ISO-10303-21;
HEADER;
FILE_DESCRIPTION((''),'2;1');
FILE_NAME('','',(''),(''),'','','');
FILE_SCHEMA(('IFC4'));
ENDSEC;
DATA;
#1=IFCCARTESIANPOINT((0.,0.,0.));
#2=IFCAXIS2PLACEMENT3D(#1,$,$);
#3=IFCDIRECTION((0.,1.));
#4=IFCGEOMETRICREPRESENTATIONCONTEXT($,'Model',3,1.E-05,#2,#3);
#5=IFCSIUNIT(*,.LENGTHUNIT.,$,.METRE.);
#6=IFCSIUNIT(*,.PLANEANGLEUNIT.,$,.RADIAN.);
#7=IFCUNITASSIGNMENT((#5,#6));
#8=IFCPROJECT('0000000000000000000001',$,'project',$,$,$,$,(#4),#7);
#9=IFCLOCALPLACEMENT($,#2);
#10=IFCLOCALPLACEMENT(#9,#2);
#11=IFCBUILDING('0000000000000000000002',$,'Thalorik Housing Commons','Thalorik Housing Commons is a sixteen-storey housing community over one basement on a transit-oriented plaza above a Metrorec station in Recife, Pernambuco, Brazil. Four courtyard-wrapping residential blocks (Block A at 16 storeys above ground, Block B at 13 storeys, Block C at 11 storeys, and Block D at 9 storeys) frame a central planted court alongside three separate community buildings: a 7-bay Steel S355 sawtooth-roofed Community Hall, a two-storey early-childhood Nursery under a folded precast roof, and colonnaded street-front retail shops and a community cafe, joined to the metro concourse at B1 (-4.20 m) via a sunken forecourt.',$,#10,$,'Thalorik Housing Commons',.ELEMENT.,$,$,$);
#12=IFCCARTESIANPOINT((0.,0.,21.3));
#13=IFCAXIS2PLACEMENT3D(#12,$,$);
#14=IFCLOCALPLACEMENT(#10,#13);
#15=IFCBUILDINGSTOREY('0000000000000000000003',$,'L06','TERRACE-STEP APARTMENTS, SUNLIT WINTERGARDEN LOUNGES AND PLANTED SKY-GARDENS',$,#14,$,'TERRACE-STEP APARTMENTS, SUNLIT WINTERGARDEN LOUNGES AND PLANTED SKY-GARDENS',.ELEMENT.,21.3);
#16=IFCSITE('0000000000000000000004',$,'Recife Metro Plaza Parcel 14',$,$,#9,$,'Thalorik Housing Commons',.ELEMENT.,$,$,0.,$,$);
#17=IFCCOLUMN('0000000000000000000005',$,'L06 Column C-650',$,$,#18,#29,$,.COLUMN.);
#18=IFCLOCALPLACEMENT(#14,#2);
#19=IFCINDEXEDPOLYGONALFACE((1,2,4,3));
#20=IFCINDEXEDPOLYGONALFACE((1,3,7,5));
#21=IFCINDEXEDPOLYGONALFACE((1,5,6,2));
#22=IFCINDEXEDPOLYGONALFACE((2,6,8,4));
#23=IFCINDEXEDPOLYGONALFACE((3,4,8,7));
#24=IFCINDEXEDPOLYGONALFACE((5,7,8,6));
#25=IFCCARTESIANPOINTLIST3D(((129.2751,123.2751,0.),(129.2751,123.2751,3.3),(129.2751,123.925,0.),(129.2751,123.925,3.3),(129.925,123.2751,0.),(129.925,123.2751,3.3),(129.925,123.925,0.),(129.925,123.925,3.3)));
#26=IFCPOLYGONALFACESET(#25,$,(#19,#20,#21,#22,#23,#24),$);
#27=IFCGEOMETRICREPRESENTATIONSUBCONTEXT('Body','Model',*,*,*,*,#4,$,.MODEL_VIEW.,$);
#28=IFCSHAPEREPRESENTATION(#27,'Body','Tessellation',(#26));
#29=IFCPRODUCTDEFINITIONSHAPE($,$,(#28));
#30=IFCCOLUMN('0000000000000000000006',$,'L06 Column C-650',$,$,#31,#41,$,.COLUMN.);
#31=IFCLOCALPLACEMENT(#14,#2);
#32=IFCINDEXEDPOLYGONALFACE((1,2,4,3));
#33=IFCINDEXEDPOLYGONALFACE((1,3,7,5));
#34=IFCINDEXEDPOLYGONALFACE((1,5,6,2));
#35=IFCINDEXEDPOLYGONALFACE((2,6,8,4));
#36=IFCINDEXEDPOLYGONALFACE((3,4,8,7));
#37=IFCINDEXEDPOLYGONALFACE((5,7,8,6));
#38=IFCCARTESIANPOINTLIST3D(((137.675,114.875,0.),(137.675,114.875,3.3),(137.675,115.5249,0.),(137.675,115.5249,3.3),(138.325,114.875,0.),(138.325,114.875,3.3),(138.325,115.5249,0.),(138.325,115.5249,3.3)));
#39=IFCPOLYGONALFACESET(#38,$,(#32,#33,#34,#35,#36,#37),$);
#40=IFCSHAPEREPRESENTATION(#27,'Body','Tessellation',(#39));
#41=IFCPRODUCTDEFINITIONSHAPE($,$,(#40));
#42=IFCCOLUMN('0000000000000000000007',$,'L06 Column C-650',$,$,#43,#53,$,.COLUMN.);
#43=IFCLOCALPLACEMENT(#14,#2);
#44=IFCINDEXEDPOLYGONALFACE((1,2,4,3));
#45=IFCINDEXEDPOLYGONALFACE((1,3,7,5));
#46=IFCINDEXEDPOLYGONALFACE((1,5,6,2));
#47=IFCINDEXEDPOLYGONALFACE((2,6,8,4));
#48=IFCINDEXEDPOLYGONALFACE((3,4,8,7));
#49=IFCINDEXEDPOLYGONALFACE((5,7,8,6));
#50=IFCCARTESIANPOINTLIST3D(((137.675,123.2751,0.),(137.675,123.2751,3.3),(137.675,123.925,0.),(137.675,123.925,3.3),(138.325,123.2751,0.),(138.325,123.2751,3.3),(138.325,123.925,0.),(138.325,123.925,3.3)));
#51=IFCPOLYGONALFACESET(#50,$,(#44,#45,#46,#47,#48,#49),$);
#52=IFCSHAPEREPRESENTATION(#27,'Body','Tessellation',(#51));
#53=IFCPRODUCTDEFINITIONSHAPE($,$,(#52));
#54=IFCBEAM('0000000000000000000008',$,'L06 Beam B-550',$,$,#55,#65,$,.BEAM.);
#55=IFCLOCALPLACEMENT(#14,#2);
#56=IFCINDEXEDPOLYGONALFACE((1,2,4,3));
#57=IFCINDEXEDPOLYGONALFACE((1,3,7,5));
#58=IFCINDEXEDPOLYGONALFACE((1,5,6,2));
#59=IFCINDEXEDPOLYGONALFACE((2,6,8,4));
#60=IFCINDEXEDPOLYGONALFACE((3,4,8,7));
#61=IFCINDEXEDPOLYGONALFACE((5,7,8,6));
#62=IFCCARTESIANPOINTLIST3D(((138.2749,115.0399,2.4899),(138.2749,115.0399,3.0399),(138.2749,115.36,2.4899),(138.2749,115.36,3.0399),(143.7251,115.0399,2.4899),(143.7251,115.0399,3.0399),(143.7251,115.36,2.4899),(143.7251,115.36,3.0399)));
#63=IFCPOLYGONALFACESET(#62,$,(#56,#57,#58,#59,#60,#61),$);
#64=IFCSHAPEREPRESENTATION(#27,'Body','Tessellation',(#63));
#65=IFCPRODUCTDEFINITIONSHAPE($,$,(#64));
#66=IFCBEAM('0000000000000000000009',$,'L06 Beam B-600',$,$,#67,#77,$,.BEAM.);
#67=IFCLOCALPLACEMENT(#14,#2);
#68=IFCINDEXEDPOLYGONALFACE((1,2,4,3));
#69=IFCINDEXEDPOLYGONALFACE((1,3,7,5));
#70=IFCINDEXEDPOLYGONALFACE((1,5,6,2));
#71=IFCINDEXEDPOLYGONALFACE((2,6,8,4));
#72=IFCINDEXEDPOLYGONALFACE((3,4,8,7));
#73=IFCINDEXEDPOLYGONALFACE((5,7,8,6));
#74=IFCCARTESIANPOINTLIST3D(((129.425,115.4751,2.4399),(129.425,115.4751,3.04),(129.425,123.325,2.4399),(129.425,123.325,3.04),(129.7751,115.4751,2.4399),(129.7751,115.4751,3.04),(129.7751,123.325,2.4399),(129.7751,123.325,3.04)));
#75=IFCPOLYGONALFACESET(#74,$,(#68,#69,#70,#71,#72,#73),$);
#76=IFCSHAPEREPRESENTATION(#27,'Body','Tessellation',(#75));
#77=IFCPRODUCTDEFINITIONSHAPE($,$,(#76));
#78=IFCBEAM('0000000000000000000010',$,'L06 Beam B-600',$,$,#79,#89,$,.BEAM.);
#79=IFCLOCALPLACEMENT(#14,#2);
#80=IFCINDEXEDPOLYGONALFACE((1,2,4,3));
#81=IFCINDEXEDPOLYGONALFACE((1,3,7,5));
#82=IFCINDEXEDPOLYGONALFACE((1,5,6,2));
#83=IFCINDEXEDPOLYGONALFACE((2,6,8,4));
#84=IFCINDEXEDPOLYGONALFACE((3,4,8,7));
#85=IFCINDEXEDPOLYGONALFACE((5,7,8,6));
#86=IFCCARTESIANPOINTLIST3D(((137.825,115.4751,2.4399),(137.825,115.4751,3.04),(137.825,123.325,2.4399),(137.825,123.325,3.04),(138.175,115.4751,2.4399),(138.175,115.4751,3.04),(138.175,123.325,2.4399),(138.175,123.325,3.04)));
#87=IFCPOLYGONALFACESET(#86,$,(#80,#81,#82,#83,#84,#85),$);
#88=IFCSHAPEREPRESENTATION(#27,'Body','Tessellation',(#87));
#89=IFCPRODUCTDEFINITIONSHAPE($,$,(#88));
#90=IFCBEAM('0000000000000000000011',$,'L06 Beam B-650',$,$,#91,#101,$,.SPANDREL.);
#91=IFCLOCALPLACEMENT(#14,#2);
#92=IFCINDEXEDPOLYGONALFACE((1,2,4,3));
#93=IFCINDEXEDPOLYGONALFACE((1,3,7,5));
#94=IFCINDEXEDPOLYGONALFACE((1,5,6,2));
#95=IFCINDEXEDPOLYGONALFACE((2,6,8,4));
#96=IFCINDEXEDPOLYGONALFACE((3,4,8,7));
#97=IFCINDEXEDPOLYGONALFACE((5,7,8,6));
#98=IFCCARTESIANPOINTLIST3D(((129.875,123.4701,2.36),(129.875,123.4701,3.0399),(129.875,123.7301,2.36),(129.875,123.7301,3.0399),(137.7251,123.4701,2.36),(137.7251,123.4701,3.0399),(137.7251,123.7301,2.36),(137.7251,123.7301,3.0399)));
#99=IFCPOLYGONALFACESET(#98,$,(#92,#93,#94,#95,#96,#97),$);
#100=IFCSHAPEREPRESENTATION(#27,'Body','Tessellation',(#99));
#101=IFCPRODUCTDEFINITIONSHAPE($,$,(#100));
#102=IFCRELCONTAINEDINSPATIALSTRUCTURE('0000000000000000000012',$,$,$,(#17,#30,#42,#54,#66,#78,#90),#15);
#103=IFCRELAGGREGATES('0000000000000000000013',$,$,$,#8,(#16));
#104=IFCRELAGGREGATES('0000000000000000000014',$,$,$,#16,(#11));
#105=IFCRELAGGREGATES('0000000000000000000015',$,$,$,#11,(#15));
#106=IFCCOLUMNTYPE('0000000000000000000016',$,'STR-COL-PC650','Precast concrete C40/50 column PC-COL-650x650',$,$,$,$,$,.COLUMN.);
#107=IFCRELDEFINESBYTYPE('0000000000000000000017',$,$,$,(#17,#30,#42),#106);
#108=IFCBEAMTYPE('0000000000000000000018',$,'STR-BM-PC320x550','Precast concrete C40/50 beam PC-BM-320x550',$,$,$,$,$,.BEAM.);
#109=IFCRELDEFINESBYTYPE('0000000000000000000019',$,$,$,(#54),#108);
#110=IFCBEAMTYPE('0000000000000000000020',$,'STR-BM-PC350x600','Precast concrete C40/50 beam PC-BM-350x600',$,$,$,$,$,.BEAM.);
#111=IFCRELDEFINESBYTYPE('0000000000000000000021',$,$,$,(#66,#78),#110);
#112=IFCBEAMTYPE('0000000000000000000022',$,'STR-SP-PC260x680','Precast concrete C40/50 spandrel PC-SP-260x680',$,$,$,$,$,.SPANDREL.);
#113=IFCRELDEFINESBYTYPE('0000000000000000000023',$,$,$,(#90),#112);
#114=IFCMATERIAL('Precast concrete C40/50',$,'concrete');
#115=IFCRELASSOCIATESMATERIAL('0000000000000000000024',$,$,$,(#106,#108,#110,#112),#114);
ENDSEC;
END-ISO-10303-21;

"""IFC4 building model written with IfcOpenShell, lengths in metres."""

from ifc_helpers import new_model, si_unit, direction, frame, origin, origin_2d, place, context, subcontext, project, spatial, rectangle, extrude, material, material_profile, profile_set, type_object, element, save


model = new_model("IFC4")

# Units and contexts
model_context = context("Model", 3, precision=1e-05, world=origin(), true_north=direction((0.0, 1.0)))
body_context = subcontext(model_context, "Body", "Model", "MODEL_VIEW")
ifc_project = project(units=[si_unit("LENGTHUNIT", "METRE"), si_unit("PLANEANGLEUNIT", "RADIAN")], contexts=[model_context])

# Site, building, storey
site_placement = place(None, origin())
site = spatial("IfcSite", under=ifc_project, at=site_placement, Name="Recife Metro Plaza Parcel 14", LongName="Thalorik Housing Commons", CompositionType="ELEMENT", RefElevation=0.0)
building_placement = place(site_placement, origin())
building = spatial("IfcBuilding", under=site, at=building_placement, Name="Thalorik Housing Commons", Description="Thalorik Housing Commons is a sixteen-storey housing community over one basement on a transit-oriented plaza above a Metrorec station in Recife, Pernambuco, Brazil. Four courtyard-wrapping residential blocks (Block A at 16 storeys above ground, Block B at 13 storeys, Block C at 11 storeys, and Block D at 9 storeys) frame a central planted court alongside three separate community buildings: a 7-bay Steel S355 sawtooth-roofed Community Hall, a two-storey early-childhood Nursery under a folded precast roof, and colonnaded street-front retail shops and a community cafe, joined to the metro concourse at B1 (-4.20 m) via a sunken forecourt.", LongName="Thalorik Housing Commons", CompositionType="ELEMENT")
storey_placement = place(building_placement, frame((0.0, 0.0, 21.3)))
storey = spatial("IfcBuildingStorey", under=building, at=storey_placement, Name="L06", Description="TERRACE-STEP APARTMENTS, SUNLIT WINTERGARDEN LOUNGES AND PLANTED SKY-GARDENS", LongName="TERRACE-STEP APARTMENTS, SUNLIT WINTERGARDEN LOUNGES AND PLANTED SKY-GARDENS", CompositionType="ELEMENT", Elevation=21.3)

# Columns
ifc_material_1 = material(Name="Precast concrete C40/50", Category="concrete")
ifc_material_profile_1 = material_profile(ifc_material_1, rectangle(XDim=0.6499, YDim=0.6499, at=origin_2d()), Name="PC 650x650", Category="concrete")
ifc_profile_set_1 = profile_set([ifc_material_profile_1], Name="Precast concrete C40/50")
column_type = type_object("IfcColumnType", Name="STR-COL-PC650", Description="Precast concrete C40/50 column PC-COL-650x650", PredefinedType="COLUMN", material=ifc_profile_set_1)
for number, where, z_axis, x_axis, name in (
    (1, (129.6001, 123.6001, 0.0), (0.0, 0.0, 1.0), (1.0, 0.0, 0.0), "L06 Column C-650"),
    (2, (138.0, 115.2, 0.0), (0.0, 0.0, 1.0), (1.0, 0.0, 0.0), "L06 Column C-650"),
    (3, (138.0, 123.6001, 0.0), (0.0, 0.0, 1.0), (1.0, 0.0, 0.0), "L06 Column C-650"),
):
    element("IfcColumn", number, at=place(storey_placement, frame(where, z_axis=z_axis, x_axis=x_axis)), inside=storey, type_object=column_type, Name=name, PredefinedType="COLUMN", context=body_context, shape_type="SweptSolid", body=[
        extrude(rectangle(XDim=0.6499, YDim=0.6499, at=origin_2d()), origin(), (0.0, 0.0, 1.0), 3.3),
    ])

# Beams
ifc_material_profile_2 = material_profile(ifc_material_1, rectangle(XDim=0.3201, YDim=0.55, at=origin_2d()), Name="PC 320x550", Category="concrete")
ifc_profile_set_2 = profile_set([ifc_material_profile_2], Name="Precast concrete C40/50")
beam_type_1 = type_object("IfcBeamType", Name="STR-BM-PC320x550", Description="Precast concrete C40/50 beam PC-BM-320x550", PredefinedType="BEAM", material=ifc_profile_set_2)
beam_1_placement = place(storey_placement, frame((138.2749, 115.2, 2.7649), z_axis=(1.0, 0.0, 0.0), x_axis=(0.0, 1.0, 0.0)))
element("IfcBeam", 4, at=beam_1_placement, inside=storey, type_object=beam_type_1, Name="L06 Beam B-550", PredefinedType="BEAM", context=body_context, shape_type="SweptSolid", body=[
    extrude(rectangle(XDim=0.3201, YDim=0.55, at=origin_2d()), origin(), (0.0, 0.0, 1.0), 5.4502),
])
ifc_material_profile_3 = material_profile(ifc_material_1, rectangle(XDim=0.3501, YDim=0.6001, at=origin_2d()), Name="PC 350x600", Category="concrete")
ifc_profile_set_3 = profile_set([ifc_material_profile_3], Name="Precast concrete C40/50")
beam_type_2 = type_object("IfcBeamType", Name="STR-BM-PC350x600", Description="Precast concrete C40/50 beam PC-BM-350x600", PredefinedType="BEAM", material=ifc_profile_set_3)
for number, where, z_axis, x_axis, name in (
    (5, (129.6001, 115.4751, 2.74), (0.0, 1.0, 0.0), (-1.0, 0.0, 0.0), "L06 Beam B-600"),
    (6, (138.0, 115.4751, 2.74), (0.0, 1.0, 0.0), (-1.0, 0.0, 0.0), "L06 Beam B-600"),
):
    element("IfcBeam", number, at=place(storey_placement, frame(where, z_axis=z_axis, x_axis=x_axis)), inside=storey, type_object=beam_type_2, Name=name, PredefinedType="BEAM", context=body_context, shape_type="SweptSolid", body=[
        extrude(rectangle(XDim=0.3501, YDim=0.6001, at=origin_2d()), origin(), (0.0, 0.0, 1.0), 7.8499),
    ])
ifc_material_profile_4 = material_profile(ifc_material_1, rectangle(XDim=0.26, YDim=0.6799, at=origin_2d()), Name="PC SP 260x680", Category="concrete")
ifc_profile_set_4 = profile_set([ifc_material_profile_4], Name="Precast concrete C40/50")
beam_type_3 = type_object("IfcBeamType", Name="STR-SP-PC260x680", Description="Precast concrete C40/50 spandrel PC-SP-260x680", PredefinedType="SPANDREL", material=ifc_profile_set_4)
beam_2_placement = place(storey_placement, frame((129.875, 123.6001, 2.7), z_axis=(1.0, 0.0, 0.0), x_axis=(0.0, 1.0, 0.0)))
element("IfcBeam", 7, at=beam_2_placement, inside=storey, type_object=beam_type_3, Name="L06 Beam B-650", PredefinedType="SPANDREL", context=body_context, shape_type="SweptSolid", body=[
    extrude(rectangle(XDim=0.26, YDim=0.6799, at=origin_2d()), origin(), (0.0, 0.0, 1.0), 7.8501),
])

save(model, "model.ifc")
